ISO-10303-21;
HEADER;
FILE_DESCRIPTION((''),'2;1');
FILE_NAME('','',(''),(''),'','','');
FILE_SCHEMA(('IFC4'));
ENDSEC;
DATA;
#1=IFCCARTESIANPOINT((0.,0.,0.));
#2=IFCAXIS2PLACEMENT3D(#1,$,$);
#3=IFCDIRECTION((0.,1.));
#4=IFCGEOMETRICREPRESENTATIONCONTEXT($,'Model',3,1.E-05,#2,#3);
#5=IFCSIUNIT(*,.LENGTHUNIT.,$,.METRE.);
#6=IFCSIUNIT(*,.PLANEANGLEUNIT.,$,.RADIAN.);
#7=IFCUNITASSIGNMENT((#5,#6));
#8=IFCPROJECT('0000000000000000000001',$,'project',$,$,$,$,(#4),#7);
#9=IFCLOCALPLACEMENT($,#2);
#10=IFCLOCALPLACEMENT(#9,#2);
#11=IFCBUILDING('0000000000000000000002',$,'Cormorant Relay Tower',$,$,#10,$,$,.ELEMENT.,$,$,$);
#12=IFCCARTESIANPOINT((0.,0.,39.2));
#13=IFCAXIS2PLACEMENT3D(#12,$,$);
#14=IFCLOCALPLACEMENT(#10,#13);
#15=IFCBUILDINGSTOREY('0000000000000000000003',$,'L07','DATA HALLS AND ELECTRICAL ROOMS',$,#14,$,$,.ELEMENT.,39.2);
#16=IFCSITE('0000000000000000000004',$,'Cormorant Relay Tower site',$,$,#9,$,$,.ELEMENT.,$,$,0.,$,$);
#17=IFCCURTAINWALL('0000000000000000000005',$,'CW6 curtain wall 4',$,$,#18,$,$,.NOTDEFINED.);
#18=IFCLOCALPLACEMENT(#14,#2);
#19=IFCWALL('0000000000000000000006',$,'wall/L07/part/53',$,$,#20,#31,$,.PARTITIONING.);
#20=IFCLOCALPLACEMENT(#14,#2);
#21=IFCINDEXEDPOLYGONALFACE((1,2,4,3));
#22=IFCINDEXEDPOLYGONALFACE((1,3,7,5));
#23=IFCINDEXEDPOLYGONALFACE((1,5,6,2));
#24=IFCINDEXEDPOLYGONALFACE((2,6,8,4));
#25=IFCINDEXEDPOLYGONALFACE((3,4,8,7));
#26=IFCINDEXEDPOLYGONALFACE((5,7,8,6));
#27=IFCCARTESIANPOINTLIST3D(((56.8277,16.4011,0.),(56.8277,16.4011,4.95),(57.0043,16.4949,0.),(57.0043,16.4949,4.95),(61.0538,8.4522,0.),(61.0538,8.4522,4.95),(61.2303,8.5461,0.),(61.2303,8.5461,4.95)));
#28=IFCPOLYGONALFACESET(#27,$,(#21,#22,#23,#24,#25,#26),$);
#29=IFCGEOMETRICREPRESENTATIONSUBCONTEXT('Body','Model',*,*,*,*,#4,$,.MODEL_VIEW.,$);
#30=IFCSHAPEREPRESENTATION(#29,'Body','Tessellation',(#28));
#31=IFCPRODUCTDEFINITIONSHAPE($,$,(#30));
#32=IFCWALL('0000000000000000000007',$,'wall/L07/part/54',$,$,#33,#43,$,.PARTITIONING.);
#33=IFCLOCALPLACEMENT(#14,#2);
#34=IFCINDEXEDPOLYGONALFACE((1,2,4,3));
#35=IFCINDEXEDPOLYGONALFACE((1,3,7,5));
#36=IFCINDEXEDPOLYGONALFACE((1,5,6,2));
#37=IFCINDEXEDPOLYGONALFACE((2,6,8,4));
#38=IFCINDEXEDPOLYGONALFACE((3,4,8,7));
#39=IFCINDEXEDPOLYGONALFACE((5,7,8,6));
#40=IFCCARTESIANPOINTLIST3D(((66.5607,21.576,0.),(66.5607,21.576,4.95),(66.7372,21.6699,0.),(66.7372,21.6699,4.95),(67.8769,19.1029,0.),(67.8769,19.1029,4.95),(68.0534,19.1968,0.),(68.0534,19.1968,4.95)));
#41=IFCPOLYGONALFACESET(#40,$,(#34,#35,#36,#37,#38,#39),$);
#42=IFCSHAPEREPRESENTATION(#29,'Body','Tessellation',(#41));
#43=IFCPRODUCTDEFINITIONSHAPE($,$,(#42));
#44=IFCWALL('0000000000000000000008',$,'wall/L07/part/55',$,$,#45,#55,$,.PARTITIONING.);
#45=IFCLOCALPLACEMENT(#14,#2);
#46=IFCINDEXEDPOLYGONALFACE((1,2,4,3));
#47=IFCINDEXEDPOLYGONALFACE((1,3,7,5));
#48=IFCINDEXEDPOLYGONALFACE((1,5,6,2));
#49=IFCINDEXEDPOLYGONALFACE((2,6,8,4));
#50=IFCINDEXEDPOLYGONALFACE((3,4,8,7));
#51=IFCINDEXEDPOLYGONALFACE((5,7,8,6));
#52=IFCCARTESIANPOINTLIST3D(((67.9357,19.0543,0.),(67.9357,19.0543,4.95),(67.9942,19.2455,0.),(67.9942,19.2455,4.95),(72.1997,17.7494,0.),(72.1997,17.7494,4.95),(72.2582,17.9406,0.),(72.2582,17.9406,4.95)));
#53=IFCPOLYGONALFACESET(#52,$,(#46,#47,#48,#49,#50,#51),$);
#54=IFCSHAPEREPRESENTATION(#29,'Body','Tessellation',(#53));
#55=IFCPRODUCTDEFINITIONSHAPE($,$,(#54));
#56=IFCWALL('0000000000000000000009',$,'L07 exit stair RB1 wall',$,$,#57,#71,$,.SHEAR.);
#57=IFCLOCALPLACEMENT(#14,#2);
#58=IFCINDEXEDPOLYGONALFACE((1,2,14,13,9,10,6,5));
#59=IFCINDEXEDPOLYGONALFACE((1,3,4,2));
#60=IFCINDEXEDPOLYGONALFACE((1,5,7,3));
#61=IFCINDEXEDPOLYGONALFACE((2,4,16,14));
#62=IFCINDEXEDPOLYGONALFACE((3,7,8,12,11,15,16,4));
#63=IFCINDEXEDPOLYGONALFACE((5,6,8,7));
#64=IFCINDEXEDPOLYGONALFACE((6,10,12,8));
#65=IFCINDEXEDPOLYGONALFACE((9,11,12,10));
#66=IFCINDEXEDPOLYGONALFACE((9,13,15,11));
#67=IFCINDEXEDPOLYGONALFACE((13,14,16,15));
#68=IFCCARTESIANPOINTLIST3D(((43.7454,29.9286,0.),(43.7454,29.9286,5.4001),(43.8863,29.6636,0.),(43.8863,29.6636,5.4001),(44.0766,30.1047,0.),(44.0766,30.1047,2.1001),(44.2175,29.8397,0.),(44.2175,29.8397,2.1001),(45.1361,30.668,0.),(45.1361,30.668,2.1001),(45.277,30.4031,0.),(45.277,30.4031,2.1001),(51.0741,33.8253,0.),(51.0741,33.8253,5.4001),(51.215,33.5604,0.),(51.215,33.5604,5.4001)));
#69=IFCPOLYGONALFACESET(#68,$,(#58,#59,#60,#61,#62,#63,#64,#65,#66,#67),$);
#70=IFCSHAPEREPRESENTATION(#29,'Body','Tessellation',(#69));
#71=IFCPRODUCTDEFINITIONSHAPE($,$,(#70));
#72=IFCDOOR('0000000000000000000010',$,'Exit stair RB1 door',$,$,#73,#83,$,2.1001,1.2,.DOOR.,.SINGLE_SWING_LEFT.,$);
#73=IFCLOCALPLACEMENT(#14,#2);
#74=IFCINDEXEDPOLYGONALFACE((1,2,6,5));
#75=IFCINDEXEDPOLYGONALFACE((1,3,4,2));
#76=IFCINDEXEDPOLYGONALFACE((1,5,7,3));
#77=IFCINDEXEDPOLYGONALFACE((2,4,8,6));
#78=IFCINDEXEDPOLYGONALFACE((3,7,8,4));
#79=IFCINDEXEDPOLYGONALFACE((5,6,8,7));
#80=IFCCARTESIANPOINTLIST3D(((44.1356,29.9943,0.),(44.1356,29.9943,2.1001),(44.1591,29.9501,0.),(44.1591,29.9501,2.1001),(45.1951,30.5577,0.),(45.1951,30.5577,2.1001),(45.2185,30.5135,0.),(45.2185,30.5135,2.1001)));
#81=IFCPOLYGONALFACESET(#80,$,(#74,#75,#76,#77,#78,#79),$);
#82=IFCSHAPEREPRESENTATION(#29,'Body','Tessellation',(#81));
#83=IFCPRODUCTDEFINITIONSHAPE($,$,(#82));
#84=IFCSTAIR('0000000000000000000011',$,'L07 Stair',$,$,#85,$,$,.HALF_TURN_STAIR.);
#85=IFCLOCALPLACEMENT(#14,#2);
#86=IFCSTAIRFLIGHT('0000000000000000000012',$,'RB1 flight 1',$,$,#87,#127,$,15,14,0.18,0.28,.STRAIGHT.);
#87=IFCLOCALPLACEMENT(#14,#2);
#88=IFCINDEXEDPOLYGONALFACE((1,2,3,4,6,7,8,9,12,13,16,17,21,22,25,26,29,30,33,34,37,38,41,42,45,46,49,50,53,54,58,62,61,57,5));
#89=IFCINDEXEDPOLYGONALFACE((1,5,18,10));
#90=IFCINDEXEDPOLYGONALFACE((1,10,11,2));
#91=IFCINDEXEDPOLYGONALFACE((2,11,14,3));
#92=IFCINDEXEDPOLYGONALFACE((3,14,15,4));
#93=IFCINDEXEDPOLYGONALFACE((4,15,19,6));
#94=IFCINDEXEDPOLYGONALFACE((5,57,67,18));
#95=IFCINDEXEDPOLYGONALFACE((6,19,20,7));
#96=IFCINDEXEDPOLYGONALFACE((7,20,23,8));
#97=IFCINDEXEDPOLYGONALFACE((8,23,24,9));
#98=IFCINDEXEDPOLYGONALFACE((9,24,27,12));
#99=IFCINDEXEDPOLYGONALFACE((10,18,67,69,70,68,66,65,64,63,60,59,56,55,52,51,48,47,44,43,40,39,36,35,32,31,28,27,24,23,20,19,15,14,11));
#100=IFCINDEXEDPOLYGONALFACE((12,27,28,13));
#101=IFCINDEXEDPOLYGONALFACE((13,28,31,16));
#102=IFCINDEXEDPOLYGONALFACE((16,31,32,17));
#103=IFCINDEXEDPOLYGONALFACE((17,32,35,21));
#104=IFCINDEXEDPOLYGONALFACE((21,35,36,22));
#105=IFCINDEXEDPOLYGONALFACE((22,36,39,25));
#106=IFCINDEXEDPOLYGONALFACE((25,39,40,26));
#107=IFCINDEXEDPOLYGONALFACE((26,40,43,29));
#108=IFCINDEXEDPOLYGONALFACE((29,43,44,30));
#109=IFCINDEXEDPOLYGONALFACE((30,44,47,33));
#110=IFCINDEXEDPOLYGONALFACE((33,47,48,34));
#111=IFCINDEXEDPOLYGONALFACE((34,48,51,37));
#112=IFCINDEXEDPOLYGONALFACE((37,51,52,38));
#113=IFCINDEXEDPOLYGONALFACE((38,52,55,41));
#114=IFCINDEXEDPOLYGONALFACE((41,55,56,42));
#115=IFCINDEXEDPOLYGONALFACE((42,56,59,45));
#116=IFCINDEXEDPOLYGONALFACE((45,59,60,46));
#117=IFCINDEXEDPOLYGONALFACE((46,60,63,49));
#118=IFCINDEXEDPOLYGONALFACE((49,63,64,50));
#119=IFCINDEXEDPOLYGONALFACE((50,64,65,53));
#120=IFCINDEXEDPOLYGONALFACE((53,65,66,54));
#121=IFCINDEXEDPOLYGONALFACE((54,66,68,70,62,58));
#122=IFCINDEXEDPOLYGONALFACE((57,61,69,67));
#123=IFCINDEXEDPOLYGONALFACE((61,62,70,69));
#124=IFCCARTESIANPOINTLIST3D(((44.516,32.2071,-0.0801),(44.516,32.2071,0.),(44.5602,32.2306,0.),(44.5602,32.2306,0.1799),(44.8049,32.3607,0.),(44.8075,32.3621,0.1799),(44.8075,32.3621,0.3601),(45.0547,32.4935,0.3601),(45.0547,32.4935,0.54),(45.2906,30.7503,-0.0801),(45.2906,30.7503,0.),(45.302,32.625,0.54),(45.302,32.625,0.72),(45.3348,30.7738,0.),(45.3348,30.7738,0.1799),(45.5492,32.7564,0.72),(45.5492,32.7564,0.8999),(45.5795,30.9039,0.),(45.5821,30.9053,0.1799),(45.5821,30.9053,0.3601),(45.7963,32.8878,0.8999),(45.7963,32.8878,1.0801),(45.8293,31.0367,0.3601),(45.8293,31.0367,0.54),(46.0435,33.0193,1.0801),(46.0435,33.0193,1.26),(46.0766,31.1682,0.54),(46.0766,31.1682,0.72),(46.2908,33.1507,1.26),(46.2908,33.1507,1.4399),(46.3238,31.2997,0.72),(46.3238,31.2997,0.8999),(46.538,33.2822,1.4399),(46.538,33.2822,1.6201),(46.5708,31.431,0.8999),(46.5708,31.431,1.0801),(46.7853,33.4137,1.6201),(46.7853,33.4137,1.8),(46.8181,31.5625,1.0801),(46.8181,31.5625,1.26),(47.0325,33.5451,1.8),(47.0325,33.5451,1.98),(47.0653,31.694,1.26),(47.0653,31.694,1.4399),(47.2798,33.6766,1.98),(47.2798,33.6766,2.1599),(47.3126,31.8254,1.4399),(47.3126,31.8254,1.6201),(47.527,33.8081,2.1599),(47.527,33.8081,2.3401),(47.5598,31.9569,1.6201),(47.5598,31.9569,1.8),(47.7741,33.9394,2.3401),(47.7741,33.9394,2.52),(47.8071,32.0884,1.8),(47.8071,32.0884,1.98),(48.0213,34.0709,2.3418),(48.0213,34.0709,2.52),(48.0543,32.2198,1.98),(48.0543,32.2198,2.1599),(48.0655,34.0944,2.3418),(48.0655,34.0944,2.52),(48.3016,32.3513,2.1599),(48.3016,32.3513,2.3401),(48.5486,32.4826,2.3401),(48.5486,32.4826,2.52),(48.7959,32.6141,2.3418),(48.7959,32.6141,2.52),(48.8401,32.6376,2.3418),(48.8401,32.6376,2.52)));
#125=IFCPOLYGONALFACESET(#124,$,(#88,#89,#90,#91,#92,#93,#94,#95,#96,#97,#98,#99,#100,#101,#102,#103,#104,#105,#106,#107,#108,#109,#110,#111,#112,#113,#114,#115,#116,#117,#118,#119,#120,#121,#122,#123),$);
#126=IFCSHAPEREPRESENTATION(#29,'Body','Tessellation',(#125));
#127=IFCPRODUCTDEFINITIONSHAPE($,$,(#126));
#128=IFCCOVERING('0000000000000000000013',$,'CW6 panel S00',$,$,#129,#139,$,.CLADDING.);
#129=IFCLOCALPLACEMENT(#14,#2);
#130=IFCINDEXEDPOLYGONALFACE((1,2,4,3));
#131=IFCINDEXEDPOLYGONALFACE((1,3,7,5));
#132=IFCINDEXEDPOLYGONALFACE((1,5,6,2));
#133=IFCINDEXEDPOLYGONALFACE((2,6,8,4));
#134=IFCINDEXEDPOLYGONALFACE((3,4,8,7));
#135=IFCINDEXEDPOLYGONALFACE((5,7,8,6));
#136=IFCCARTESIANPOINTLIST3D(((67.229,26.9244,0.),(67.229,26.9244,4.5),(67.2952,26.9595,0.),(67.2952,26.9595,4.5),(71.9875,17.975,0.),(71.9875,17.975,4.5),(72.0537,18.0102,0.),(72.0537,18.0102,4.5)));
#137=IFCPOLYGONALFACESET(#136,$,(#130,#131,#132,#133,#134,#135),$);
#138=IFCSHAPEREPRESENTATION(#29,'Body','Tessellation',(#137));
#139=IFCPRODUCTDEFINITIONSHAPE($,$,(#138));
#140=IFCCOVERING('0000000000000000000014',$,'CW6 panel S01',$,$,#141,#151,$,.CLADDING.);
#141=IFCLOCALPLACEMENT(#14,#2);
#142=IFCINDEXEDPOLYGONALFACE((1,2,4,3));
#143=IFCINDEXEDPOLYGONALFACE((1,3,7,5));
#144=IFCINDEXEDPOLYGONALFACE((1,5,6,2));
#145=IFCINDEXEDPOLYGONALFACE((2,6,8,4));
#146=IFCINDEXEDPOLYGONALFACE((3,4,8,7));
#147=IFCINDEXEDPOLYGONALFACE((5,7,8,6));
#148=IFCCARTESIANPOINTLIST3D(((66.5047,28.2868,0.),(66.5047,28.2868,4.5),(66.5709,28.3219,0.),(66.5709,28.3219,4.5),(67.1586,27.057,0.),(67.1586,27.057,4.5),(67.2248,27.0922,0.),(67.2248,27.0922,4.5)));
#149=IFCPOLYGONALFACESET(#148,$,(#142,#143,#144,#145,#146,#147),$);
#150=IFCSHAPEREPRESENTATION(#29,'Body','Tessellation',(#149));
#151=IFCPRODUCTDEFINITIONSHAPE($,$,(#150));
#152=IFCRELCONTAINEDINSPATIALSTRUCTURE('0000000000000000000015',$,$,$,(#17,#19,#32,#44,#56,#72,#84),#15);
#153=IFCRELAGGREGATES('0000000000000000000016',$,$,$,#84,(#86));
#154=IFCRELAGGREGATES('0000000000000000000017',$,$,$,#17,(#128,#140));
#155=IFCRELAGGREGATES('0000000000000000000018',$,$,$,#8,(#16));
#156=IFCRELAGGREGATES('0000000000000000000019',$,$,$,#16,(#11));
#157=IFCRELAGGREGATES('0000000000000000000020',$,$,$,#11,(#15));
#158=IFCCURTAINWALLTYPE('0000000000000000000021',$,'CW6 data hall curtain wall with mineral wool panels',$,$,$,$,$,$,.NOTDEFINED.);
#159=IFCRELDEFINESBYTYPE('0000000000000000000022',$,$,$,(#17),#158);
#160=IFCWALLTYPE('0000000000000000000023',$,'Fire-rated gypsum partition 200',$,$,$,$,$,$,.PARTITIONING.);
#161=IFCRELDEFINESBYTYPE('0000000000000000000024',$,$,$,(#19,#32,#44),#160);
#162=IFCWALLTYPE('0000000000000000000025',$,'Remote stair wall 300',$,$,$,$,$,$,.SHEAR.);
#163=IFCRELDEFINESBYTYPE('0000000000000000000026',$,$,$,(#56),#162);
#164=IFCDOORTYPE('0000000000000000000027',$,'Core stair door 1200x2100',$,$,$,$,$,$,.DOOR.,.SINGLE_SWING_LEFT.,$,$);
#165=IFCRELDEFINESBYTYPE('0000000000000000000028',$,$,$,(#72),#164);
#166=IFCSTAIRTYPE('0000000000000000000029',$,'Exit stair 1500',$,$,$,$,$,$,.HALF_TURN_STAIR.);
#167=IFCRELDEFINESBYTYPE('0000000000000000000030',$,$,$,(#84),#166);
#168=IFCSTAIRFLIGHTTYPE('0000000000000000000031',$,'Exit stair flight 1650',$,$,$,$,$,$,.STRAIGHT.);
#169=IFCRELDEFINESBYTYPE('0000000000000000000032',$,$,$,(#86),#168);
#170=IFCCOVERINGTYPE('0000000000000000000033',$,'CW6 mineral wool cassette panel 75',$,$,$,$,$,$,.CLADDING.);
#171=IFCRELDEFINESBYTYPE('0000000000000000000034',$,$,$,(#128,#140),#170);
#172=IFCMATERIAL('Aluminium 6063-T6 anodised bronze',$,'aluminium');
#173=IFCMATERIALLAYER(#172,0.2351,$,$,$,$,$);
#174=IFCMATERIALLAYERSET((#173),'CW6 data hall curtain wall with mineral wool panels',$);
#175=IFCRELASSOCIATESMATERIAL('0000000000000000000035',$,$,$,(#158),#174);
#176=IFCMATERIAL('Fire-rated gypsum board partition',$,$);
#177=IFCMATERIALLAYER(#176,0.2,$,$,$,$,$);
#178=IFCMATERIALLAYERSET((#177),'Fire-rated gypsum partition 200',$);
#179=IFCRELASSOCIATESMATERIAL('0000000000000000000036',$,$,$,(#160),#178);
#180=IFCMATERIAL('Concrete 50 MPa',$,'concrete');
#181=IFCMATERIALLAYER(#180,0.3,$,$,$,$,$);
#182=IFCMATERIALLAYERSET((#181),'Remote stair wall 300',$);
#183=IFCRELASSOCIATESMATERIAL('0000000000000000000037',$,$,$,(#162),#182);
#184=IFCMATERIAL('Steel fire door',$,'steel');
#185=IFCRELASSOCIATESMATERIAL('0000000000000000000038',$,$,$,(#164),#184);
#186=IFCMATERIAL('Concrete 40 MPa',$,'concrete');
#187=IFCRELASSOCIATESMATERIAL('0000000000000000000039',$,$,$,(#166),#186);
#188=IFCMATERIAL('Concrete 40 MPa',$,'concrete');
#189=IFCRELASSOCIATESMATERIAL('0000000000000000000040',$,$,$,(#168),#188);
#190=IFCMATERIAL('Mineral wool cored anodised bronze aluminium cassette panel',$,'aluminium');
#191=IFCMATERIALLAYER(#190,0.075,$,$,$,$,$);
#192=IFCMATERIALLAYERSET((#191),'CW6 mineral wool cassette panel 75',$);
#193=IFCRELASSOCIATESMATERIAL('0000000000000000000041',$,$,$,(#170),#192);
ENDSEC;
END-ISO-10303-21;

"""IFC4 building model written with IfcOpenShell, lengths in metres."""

from ifc_helpers import new_model, si_unit, direction, frame, frame_2d, origin, origin_2d, place, context, subcontext, project, spatial, polyline, rectangle, outline, extrude, material, layer, layer_set, type_object, element, fill, aggregate, save


model = new_model("IFC4")

# Units and contexts
model_context = context("Model", 3, precision=1e-05, world=origin(), true_north=direction((0.0, 1.0)))
body_context = subcontext(model_context, "Body", "Model", "MODEL_VIEW")
ifc_project = project(units=[si_unit("LENGTHUNIT", "METRE"), si_unit("PLANEANGLEUNIT", "RADIAN")], contexts=[model_context])

# Site, building, storey
site_placement = place(None, origin())
site = spatial("IfcSite", under=ifc_project, at=site_placement, Name="Cormorant Relay Tower site", CompositionType="ELEMENT", RefElevation=0.0)
building_placement = place(site_placement, origin())
building = spatial("IfcBuilding", under=site, at=building_placement, Name="Cormorant Relay Tower", CompositionType="ELEMENT")
storey_placement = place(building_placement, frame((0.0, 0.0, 39.2)))
storey = spatial("IfcBuildingStorey", under=building, at=storey_placement, Name="L07", Description="DATA HALLS AND ELECTRICAL ROOMS", CompositionType="ELEMENT", Elevation=39.2)

# Curtain wall
ifc_material_1 = material(Name="Aluminium 6063-T6 anodised bronze", Category="aluminium")
ifc_layer_1 = layer(ifc_material_1, 0.2351)
ifc_layer_set_1 = layer_set([ifc_layer_1], Name="CW6 data hall curtain wall with mineral wool panels")
curtain_wall_type = type_object("IfcCurtainWallType", Name="CW6 data hall curtain wall with mineral wool panels", PredefinedType="NOTDEFINED", material=ifc_layer_set_1)
curtain_wall_placement = place(storey_placement, origin())
curtain_wall = element("IfcCurtainWall", 1, at=curtain_wall_placement, inside=storey, type_object=curtain_wall_type, Name="CW6 curtain wall 4", PredefinedType="NOTDEFINED")

# Shared definitions
ifc_material_2 = material(Name="Fire-rated gypsum board partition")
ifc_layer_2 = layer(ifc_material_2, 0.2)
ifc_layer_set_2 = layer_set([ifc_layer_2], Name="Fire-rated gypsum partition 200")
wall_type_1 = type_object("IfcWallType", Name="Fire-rated gypsum partition 200", PredefinedType="PARTITIONING", material=ifc_layer_set_2)

# Walls
wall_1_placement = place(storey_placement, frame((56.916, 16.448, 0.0), z_axis=(0.0, 0.0, 1.0), x_axis=(0.469431, -0.882969, 0.0)))
element("IfcWall", 2, at=wall_1_placement, inside=storey, type_object=wall_type_1, Name="wall/L07/part/53", PredefinedType="PARTITIONING", context=body_context, shape_type="SweptSolid", body=[
    extrude(rectangle(XDim=9.0024, YDim=0.2, at=frame_2d((4.5012, 0.0))), origin(), (0.0, 0.0, 1.0), 4.95),
])
wall_2_placement = place(storey_placement, frame((66.6489, 21.623, 0.0), z_axis=(0.0, 0.0, 1.0), x_axis=(0.469797, -0.882775, 0.0)))
element("IfcWall", 3, at=wall_2_placement, inside=storey, type_object=wall_type_1, Name="wall/L07/part/54", PredefinedType="PARTITIONING", context=body_context, shape_type="SweptSolid", body=[
    extrude(rectangle(XDim=2.8015, YDim=0.2, at=frame_2d((1.4009, 0.0))), origin(), (0.0, 0.0, 1.0), 4.95),
])
wall_3_placement = place(storey_placement, frame((67.9651, 19.1499, 0.0), z_axis=(0.0, 0.0, 1.0), x_axis=(0.956222, -0.292643, 0.0)))
element("IfcWall", 4, at=wall_3_placement, inside=storey, type_object=wall_type_1, Name="wall/L07/part/55", PredefinedType="PARTITIONING", context=body_context, shape_type="SweptSolid", body=[
    extrude(rectangle(XDim=4.4592, YDim=0.2, at=frame_2d((2.2295, 0.0))), origin(), (0.0, 0.0, 1.0), 4.95),
])

# Wall, opening, door
ifc_material_3 = material(Name="Concrete 50 MPa", Category="concrete")
ifc_layer_3 = layer(ifc_material_3, 0.3)
ifc_layer_set_3 = layer_set([ifc_layer_3], Name="Remote stair wall 300")
wall_type_2 = type_object("IfcWallType", Name="Remote stair wall 300", PredefinedType="SHEAR", material=ifc_layer_set_3)
wall_4_placement = place(storey_placement, frame((51.1445, 33.6929, 0.0), z_axis=(0.0, 0.0, 1.0), x_axis=(-0.882946, -0.469475, 0.0)))
wall_4 = element("IfcWall", 5, at=wall_4_placement, inside=storey, type_object=wall_type_2, Name="L07 exit stair RB1 wall", PredefinedType="SHEAR", context=body_context, shape_type="SweptSolid", body=[
    extrude(rectangle(XDim=8.3003, YDim=0.3, at=frame_2d((4.1501, 0.0))), origin(), (0.0, 0.0, 1.0), 5.4001),
])
opening_1_placement = place(wall_4_placement, frame((6.7251, 0.0, 0.0)))
opening_1 = element("IfcOpeningElement", 6, at=opening_1_placement, cuts=wall_4, PredefinedType="OPENING", context=body_context, shape_type="SweptSolid", body=[
    extrude(rectangle(XDim=1.2, YDim=2.1001, at=frame_2d((0.6001, 1.05))), frame((0.0, 0.1599, 0.0), z_axis=(0.0, -1.0, 0.0), x_axis=(1.0, 0.0, 0.0)), (0.0, 0.0, 1.0), 0.3201),
])
ifc_material_4 = material(Name="Steel fire door", Category="steel")
door_type_1 = type_object("IfcDoorType", Name="Core stair door 1200x2100", OperationType="SINGLE_SWING_LEFT", PredefinedType="DOOR", material=ifc_material_4)
door_1_placement = place(opening_1_placement, frame((1.2, 0.0, 0.0), z_axis=(0.0, 0.0, 1.0), x_axis=(-1.0, 0.0, 0.0)))
door_1 = element("IfcDoor", 7, at=door_1_placement, inside=storey, type_object=door_type_1, Name="Exit stair RB1 door", OperationType="SINGLE_SWING_LEFT", OverallHeight=2.1001, OverallWidth=1.2, PredefinedType="DOOR", context=body_context, shape_type="SweptSolid", body=[
    extrude(rectangle(XDim=1.2, YDim=2.1001, at=frame_2d((0.6001, 1.05))), frame((0.0, 0.0249, 0.0), z_axis=(0.0, -1.0, 0.0), x_axis=(1.0, 0.0, 0.0)), (0.0, 0.0, 1.0), 0.05),
])
fill(opening_1, door_1)

# Stair, stair flight
ifc_material_5 = material(Name="Concrete 40 MPa", Category="concrete")
stair_type = type_object("IfcStairType", Name="Exit stair 1500", PredefinedType="HALF_TURN_STAIR", material=ifc_material_5)
stair_placement = place(storey_placement, origin())
stair = element("IfcStair", 8, at=stair_placement, inside=storey, type_object=stair_type, Name="L07 Stair", PredefinedType="HALF_TURN_STAIR")
ifc_material_6 = material(Name="Concrete 40 MPa", Category="concrete")
stair_flight_type = type_object("IfcStairFlightType", Name="Exit stair flight 1650", PredefinedType="STRAIGHT", material=ifc_material_6)
stair_flight_placement = place(storey_placement, frame((44.9475, 31.5022, 0.0), z_axis=(0.0, 0.0, 1.0), x_axis=(0.882948, 0.469472, 0.0)))
stair_flight = element("IfcStairFlight", 9, at=stair_flight_placement, type_object=stair_flight_type, Name="RB1 flight 1", NumberOfRisers=15, NumberOfTreads=14, PredefinedType="STRAIGHT", RiserHeight=0.18, TreadLength=0.28, context=body_context, shape_type="SweptSolid", body=[
    extrude(outline(polyline([(-0.05, -0.0801), (-0.05, 0.0), (0.0, 0.0), (0.0, 0.1799), (0.28, 0.1799), (0.28, 0.3601), (0.5601, 0.3601), (0.5601, 0.54), (0.8401, 0.54), (0.8401, 0.72), (1.1201, 0.72), (1.1201, 0.8999), (1.3999, 0.8999), (1.3999, 1.0801), (1.6799, 1.0801), (1.6799, 1.26), (1.96, 1.26), (1.96, 1.4399), (2.24, 1.4399), (2.24, 1.6201), (2.52, 1.6201), (2.52, 1.8), (2.8, 1.8), (2.8, 1.98), (3.0801, 1.98), (3.0801, 2.1599), (3.3601, 2.1599), (3.3601, 2.3401), (3.6399, 2.3401), (3.6399, 2.52), (3.9199, 2.52), (3.97, 2.52), (3.97, 2.3418), (3.9199, 2.3418), (0.2771, 0.0), (-0.05, -0.0801)])), frame((0.0, 0.825, 0.0), z_axis=(0.0, -1.0, 0.0), x_axis=(1.0, 0.0, 0.0)), (0.0, 0.0, 1.0), 1.6499),
])
aggregate(stair, [stair_flight])

# Coverings
ifc_material_7 = material(Name="Mineral wool cored anodised bronze aluminium cassette panel", Category="aluminium")
ifc_layer_4 = layer(ifc_material_7, 0.075)
ifc_layer_set_4 = layer_set([ifc_layer_4], Name="CW6 mineral wool cassette panel 75")
covering_type = type_object("IfcCoveringType", Name="CW6 mineral wool cassette panel 75", PredefinedType="CLADDING", material=ifc_layer_set_4)
covering_1_placement = place(storey_placement, frame((69.6414, 22.4673, 0.0), z_axis=(0.0, 0.0, 1.0), x_axis=(-0.469472, 0.882948, 0.0)))
covering_1 = element("IfcCovering", 10, at=covering_1_placement, type_object=covering_type, Name="CW6 panel S00", PredefinedType="CLADDING", context=body_context, shape_type="SweptSolid", body=[
    extrude(rectangle(XDim=10.1357, YDim=0.075, at=origin_2d()), origin(), (0.0, 0.0, 1.0), 4.5),
])
covering_2_placement = place(storey_placement, frame((66.8647, 27.6895, 0.0), z_axis=(0.0, 0.0, 1.0), x_axis=(-0.469472, 0.882948, 0.0)))
covering_2 = element("IfcCovering", 11, at=covering_2_placement, type_object=covering_type, Name="CW6 panel S01", PredefinedType="CLADDING", context=body_context, shape_type="SweptSolid", body=[
    extrude(rectangle(XDim=1.3928, YDim=0.075, at=origin_2d()), origin(), (0.0, 0.0, 1.0), 4.5),
])
aggregate(curtain_wall, [covering_1, covering_2])

save(model, "model.ifc")
